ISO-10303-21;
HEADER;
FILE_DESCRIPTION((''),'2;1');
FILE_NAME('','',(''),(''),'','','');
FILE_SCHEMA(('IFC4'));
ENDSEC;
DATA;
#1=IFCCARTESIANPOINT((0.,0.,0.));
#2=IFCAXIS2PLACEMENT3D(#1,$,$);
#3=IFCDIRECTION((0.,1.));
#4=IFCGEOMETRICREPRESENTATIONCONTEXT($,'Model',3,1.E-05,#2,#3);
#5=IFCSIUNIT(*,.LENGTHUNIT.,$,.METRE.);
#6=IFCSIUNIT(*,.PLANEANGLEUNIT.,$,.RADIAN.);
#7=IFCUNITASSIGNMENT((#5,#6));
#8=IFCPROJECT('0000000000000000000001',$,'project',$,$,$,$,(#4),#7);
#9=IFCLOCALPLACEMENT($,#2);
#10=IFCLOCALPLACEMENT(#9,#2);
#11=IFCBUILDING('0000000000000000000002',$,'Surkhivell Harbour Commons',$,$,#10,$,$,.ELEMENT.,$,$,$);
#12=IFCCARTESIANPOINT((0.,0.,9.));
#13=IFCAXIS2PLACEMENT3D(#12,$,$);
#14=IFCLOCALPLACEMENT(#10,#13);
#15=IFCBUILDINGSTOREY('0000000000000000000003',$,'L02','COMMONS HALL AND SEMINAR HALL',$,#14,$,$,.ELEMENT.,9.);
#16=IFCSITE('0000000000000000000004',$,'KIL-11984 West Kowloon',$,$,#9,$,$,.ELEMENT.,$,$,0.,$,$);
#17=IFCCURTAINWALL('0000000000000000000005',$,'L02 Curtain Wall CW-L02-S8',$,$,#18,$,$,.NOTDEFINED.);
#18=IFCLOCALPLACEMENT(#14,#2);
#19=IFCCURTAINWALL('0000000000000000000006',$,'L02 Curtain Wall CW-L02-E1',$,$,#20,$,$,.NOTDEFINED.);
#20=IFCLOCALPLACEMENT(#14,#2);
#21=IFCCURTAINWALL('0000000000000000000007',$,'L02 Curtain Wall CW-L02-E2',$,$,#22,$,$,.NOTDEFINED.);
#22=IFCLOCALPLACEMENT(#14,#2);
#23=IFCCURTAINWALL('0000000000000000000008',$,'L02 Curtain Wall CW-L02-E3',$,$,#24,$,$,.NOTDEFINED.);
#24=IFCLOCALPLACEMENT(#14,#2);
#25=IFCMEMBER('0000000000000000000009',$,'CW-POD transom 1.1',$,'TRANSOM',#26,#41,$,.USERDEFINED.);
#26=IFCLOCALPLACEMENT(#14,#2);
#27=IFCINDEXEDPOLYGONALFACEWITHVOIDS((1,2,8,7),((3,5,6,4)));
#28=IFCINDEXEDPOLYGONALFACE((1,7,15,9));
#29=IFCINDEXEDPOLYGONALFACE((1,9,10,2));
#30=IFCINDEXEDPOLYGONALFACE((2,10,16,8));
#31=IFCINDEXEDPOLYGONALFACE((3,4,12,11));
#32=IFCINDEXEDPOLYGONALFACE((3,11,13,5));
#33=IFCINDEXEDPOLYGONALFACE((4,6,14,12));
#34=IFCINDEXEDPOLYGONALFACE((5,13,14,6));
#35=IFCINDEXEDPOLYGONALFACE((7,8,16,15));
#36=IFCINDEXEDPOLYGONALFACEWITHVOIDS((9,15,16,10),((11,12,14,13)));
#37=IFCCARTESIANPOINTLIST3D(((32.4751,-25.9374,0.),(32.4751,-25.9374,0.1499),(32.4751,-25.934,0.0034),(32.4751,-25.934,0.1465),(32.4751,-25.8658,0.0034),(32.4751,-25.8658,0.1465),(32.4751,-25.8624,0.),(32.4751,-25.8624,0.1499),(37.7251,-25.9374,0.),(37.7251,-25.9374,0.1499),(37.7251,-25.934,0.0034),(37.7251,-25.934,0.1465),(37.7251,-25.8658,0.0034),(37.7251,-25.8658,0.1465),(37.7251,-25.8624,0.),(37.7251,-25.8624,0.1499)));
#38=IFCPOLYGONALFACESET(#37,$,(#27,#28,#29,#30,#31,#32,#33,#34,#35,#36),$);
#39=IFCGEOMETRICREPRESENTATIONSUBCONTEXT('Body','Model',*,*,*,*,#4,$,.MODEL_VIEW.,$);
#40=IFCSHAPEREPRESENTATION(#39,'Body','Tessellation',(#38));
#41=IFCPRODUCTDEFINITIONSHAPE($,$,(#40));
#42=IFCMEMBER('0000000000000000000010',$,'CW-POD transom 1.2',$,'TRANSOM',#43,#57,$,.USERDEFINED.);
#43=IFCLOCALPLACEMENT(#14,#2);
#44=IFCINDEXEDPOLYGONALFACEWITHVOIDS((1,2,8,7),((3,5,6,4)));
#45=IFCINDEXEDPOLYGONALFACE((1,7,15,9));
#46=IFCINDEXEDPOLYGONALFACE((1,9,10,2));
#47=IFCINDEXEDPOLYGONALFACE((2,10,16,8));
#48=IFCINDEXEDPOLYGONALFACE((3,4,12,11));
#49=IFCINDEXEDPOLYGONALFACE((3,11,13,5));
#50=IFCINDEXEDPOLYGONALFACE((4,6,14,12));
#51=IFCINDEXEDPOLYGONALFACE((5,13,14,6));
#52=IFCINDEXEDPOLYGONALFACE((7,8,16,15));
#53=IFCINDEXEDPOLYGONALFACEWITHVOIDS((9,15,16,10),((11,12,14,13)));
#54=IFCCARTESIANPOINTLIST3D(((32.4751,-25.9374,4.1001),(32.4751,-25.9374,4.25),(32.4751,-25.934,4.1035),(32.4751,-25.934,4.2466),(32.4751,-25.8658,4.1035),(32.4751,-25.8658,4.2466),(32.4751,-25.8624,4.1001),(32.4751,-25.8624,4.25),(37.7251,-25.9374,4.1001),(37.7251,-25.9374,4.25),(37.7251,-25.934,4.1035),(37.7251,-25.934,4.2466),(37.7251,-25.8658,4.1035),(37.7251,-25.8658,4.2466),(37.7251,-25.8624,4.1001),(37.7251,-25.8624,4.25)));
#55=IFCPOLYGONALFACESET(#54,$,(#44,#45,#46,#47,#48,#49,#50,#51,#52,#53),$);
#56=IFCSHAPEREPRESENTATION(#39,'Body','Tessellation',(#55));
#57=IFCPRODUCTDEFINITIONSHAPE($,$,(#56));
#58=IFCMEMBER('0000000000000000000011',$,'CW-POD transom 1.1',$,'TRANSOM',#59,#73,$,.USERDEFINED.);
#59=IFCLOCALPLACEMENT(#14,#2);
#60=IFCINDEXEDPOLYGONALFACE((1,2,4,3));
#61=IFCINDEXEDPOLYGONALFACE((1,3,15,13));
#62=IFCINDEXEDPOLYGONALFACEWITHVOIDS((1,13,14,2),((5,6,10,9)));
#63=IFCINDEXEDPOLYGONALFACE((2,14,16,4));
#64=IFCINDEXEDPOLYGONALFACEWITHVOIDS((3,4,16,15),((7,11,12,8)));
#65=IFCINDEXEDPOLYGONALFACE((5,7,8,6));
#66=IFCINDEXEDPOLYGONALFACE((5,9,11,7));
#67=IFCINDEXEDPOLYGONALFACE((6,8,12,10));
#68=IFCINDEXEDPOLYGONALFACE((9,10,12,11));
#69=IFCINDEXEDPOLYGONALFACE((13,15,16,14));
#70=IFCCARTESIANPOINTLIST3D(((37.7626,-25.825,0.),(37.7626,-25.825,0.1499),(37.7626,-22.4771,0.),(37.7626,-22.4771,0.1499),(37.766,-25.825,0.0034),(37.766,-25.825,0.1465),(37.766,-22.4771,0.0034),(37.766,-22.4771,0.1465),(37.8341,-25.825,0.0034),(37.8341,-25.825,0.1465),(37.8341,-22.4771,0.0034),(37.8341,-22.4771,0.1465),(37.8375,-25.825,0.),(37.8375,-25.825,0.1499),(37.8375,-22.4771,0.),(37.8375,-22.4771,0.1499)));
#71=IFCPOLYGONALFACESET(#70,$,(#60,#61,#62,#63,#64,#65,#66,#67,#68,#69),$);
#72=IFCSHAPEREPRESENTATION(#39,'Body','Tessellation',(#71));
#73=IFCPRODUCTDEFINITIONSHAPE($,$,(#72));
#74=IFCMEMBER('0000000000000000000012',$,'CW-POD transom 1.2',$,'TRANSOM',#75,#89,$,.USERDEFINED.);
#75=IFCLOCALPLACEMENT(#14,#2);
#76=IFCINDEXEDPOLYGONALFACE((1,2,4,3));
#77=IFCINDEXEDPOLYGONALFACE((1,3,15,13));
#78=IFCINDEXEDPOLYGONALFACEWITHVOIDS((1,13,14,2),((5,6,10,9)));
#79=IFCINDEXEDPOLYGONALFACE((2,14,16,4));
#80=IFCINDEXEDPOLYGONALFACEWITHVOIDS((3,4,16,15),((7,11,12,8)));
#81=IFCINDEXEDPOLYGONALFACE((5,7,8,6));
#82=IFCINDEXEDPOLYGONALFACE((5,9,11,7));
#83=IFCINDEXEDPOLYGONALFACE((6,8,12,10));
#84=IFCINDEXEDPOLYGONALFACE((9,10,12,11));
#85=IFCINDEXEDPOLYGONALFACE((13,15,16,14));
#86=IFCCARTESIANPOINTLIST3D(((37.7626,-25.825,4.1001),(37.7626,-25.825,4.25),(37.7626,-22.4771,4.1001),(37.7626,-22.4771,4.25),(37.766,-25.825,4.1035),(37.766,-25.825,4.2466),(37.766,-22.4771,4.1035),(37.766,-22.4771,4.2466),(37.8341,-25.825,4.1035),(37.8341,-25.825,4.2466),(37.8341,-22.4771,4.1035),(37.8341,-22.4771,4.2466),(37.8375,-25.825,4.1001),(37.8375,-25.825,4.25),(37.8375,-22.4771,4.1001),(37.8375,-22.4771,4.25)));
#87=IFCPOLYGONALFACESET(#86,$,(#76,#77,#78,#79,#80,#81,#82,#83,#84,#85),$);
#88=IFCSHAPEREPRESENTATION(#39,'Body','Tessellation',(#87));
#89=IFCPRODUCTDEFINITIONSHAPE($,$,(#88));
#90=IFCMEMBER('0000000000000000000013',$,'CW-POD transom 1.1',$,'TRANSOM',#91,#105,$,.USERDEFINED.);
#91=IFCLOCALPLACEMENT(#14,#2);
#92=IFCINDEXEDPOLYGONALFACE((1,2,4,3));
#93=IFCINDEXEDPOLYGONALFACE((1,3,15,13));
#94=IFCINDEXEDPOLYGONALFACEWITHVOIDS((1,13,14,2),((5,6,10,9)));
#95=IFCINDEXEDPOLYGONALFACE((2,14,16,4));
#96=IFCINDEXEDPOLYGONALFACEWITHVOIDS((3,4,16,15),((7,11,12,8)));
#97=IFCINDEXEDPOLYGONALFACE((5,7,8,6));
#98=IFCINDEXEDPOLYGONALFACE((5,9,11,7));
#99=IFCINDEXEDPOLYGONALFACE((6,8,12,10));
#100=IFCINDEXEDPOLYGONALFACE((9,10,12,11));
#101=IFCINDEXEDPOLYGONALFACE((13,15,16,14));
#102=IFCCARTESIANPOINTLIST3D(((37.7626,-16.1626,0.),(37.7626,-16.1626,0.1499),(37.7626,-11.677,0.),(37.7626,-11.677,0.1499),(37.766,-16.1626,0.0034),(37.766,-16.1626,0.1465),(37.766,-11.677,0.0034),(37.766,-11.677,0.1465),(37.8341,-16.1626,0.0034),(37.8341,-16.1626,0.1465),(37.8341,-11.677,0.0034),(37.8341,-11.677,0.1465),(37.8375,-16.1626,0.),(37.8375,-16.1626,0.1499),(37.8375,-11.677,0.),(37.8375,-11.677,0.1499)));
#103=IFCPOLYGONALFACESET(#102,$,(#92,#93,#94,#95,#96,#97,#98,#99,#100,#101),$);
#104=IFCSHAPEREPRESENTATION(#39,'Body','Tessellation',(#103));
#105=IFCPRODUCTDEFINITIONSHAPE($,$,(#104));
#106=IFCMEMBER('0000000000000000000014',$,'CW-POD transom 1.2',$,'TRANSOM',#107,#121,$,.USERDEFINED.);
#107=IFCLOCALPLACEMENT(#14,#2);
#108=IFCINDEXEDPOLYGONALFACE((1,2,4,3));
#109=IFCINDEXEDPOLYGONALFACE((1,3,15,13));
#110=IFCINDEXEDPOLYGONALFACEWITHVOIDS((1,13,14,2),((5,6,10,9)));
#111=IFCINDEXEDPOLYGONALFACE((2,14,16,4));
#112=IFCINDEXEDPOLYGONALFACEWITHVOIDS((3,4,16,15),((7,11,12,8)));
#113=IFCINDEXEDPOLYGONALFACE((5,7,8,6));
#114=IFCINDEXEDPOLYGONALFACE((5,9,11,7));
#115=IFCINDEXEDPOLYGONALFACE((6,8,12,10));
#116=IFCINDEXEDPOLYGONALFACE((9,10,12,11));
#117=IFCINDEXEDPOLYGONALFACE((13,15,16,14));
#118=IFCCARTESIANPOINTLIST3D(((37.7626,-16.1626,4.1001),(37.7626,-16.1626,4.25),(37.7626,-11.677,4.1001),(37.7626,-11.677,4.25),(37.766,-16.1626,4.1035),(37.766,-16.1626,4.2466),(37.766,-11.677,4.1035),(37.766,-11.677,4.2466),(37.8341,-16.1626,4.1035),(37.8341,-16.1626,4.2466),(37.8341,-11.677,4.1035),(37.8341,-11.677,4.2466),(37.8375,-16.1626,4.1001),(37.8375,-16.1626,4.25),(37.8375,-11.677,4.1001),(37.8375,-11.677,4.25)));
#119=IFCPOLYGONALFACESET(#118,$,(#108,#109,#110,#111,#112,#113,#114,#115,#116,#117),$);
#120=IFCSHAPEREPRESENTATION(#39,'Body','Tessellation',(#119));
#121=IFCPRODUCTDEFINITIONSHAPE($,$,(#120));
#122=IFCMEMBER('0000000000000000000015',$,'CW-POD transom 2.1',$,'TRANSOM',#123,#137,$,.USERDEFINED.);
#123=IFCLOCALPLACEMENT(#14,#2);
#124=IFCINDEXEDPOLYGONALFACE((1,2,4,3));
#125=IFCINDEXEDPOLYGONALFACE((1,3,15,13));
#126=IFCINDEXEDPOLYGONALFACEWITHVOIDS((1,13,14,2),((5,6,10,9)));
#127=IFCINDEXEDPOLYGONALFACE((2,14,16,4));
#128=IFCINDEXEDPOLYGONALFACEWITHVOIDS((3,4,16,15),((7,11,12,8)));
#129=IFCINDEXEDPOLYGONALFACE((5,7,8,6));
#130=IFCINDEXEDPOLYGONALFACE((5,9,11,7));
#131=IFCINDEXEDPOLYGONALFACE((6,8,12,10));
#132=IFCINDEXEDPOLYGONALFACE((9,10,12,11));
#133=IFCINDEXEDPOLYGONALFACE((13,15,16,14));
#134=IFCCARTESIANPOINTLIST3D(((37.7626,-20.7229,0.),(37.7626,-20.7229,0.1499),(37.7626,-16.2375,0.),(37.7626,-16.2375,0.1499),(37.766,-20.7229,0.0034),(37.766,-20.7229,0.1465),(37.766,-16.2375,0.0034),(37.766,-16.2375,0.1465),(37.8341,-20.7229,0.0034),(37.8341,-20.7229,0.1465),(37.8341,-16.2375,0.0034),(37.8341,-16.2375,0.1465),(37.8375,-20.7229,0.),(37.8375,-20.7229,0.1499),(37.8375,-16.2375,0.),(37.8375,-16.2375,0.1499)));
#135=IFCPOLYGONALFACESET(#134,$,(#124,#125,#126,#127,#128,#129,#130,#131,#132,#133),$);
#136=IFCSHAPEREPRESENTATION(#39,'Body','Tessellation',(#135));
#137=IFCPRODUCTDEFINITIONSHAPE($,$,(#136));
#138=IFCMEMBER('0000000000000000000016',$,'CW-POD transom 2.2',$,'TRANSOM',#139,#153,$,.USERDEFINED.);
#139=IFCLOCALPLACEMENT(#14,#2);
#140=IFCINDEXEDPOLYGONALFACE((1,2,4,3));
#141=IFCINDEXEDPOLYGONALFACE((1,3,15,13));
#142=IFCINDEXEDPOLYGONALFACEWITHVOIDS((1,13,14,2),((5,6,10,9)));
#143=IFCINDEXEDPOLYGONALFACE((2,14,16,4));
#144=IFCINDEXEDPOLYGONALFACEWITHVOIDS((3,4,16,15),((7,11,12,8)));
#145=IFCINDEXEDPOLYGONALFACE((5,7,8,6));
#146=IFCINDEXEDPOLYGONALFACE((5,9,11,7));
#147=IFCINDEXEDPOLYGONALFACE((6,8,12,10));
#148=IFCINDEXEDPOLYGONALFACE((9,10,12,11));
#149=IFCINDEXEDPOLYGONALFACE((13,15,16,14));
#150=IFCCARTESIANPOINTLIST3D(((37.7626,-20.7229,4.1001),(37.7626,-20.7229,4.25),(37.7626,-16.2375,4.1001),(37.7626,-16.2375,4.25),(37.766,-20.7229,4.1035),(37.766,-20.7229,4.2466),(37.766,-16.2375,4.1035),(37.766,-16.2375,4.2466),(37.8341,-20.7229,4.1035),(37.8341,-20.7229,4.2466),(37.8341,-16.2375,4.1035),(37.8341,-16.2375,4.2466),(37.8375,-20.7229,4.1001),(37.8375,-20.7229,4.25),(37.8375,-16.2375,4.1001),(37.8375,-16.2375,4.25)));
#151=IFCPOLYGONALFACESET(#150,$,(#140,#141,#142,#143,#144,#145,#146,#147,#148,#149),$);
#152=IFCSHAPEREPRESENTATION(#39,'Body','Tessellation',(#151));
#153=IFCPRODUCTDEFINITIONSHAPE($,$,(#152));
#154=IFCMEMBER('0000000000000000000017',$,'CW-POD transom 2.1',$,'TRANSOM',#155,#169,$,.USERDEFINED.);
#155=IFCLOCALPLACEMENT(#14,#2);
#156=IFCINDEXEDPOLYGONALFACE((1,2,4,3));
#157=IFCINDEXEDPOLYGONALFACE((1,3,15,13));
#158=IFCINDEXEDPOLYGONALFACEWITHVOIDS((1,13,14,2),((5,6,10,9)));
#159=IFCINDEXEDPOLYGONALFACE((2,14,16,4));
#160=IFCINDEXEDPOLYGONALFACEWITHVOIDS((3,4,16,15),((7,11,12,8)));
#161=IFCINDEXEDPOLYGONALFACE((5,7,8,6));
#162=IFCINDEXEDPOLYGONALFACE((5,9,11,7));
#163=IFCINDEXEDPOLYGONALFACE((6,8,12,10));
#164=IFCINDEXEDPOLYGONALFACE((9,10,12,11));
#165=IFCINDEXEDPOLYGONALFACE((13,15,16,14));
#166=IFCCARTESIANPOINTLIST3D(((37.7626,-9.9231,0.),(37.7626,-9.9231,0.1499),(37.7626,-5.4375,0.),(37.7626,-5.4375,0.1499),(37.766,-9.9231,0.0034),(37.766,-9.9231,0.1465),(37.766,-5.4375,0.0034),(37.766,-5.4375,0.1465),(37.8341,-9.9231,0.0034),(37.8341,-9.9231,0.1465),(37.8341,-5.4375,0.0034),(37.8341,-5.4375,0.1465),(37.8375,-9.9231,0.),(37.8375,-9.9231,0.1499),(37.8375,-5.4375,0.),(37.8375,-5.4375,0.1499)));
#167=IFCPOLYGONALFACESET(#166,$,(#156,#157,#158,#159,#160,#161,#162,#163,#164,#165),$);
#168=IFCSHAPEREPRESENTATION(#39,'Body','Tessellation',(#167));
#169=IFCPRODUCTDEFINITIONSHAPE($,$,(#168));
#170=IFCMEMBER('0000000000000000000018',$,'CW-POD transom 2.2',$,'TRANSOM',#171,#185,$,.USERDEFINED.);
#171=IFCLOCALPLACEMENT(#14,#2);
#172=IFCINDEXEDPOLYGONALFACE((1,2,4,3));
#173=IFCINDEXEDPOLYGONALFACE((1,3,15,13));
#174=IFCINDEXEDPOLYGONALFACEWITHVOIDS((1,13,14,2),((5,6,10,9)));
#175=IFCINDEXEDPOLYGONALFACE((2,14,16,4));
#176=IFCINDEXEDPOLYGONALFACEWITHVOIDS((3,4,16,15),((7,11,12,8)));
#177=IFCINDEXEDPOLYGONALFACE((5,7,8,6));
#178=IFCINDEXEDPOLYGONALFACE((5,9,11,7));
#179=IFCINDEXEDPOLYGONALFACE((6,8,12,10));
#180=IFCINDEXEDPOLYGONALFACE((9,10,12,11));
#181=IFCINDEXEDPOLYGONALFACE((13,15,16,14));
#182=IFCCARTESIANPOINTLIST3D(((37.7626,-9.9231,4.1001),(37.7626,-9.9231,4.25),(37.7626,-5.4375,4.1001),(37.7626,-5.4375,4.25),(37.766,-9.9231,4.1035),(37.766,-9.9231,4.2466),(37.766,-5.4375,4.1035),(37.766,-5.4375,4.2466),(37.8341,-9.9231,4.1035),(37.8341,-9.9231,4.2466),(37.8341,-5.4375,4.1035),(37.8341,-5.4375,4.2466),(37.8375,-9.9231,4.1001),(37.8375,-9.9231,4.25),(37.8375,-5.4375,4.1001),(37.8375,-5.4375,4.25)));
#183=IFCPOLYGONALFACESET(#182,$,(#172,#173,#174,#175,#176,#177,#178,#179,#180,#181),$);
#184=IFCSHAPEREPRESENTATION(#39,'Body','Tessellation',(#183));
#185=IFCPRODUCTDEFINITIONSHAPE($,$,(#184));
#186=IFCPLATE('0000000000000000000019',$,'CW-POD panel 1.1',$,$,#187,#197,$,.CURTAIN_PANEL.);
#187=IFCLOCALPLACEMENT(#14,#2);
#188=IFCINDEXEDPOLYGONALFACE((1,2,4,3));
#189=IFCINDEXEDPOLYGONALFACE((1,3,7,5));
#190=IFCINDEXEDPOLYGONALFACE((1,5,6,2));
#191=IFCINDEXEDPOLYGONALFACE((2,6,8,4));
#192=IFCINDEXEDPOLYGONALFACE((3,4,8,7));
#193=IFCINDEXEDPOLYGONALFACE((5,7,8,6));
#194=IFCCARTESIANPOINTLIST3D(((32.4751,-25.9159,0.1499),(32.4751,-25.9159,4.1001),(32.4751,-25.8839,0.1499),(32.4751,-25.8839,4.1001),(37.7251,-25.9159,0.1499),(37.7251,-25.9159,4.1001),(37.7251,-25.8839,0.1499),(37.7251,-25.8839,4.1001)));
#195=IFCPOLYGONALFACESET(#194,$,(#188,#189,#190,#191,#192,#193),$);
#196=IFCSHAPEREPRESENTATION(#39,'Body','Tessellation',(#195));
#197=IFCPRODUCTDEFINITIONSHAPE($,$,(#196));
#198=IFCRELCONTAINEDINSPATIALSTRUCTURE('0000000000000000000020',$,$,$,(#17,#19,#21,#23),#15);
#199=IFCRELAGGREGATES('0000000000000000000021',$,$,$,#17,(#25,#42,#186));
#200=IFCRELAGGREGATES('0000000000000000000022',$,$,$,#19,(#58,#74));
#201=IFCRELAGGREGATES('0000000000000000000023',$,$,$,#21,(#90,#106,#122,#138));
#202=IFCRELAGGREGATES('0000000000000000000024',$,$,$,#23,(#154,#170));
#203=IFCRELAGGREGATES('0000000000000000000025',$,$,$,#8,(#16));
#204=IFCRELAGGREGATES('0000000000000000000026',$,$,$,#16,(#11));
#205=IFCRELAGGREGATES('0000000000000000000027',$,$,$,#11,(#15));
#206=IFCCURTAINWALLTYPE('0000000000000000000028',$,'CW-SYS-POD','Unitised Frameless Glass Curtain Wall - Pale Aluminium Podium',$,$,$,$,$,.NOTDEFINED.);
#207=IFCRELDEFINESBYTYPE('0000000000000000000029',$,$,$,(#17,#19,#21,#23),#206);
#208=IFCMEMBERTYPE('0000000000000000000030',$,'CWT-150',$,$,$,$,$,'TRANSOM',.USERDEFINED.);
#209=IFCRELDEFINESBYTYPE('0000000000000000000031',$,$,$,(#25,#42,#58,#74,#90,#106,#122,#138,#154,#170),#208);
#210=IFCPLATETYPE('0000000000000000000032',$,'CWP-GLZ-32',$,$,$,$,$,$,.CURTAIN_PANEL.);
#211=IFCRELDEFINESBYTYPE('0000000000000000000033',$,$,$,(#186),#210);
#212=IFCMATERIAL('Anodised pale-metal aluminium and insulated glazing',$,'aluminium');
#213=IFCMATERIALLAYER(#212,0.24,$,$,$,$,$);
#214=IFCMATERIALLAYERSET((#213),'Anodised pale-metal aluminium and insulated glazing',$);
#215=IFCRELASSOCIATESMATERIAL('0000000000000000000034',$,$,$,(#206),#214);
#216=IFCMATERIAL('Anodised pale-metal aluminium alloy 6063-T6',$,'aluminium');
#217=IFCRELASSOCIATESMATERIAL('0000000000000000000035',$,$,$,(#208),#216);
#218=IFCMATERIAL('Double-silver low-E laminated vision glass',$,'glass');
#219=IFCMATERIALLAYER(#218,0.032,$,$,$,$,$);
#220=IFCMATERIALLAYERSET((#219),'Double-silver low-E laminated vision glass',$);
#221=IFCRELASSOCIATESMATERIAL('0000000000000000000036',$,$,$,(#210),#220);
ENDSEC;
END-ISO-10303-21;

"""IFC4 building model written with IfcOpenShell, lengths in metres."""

from ifc_helpers import new_model, si_unit, direction, frame, frame_2d, origin, origin_2d, place, context, subcontext, project, spatial, rectangle, hollow_rectangle, extrude, material, layer, layer_set, material_profile, profile_set, type_object, element, aggregate, save


model = new_model("IFC4")

# Units and contexts
model_context = context("Model", 3, precision=1e-05, world=origin(), true_north=direction((0.0, 1.0)))
body_context = subcontext(model_context, "Body", "Model", "MODEL_VIEW")
ifc_project = project(units=[si_unit("LENGTHUNIT", "METRE"), si_unit("PLANEANGLEUNIT", "RADIAN")], contexts=[model_context])

# Site, building, storey
site_placement = place(None, origin())
site = spatial("IfcSite", under=ifc_project, at=site_placement, Name="KIL-11984 West Kowloon", CompositionType="ELEMENT", RefElevation=0.0)
building_placement = place(site_placement, origin())
building = spatial("IfcBuilding", under=site, at=building_placement, Name="Surkhivell Harbour Commons", CompositionType="ELEMENT")
storey_placement = place(building_placement, frame((0.0, 0.0, 9.0)))
storey = spatial("IfcBuildingStorey", under=building, at=storey_placement, Name="L02", Description="COMMONS HALL AND SEMINAR HALL", CompositionType="ELEMENT", Elevation=9.0)

# Curtain wall
ifc_material_1 = material(Name="Anodised pale-metal aluminium and insulated glazing", Category="aluminium")
ifc_layer_1 = layer(ifc_material_1, 0.24)
ifc_layer_set_1 = layer_set([ifc_layer_1], Name="Anodised pale-metal aluminium and insulated glazing")
curtain_wall_type = type_object("IfcCurtainWallType", Name="CW-SYS-POD", Description="Unitised Frameless Glass Curtain Wall - Pale Aluminium Podium", PredefinedType="NOTDEFINED", material=ifc_layer_set_1)
curtain_wall_1_placement = place(storey_placement, origin())
curtain_wall_1 = element("IfcCurtainWall", 1, at=curtain_wall_1_placement, inside=storey, type_object=curtain_wall_type, Name="L02 Curtain Wall CW-L02-S8", PredefinedType="NOTDEFINED")
ifc_material_2 = material(Name="Anodised pale-metal aluminium alloy 6063-T6", Category="aluminium")

# Curtain walls
curtain_wall_2_placement = place(storey_placement, origin())
curtain_wall_2 = element("IfcCurtainWall", 2, at=curtain_wall_2_placement, inside=storey, type_object=curtain_wall_type, Name="L02 Curtain Wall CW-L02-E1", PredefinedType="NOTDEFINED")
curtain_wall_3_placement = place(storey_placement, origin())
curtain_wall_3 = element("IfcCurtainWall", 3, at=curtain_wall_3_placement, inside=storey, type_object=curtain_wall_type, Name="L02 Curtain Wall CW-L02-E2", PredefinedType="NOTDEFINED")
curtain_wall_4_placement = place(storey_placement, origin())
curtain_wall_4 = element("IfcCurtainWall", 4, at=curtain_wall_4_placement, inside=storey, type_object=curtain_wall_type, Name="L02 Curtain Wall CW-L02-E3", PredefinedType="NOTDEFINED")

# Members
ifc_material_profile_1 = material_profile(ifc_material_2, hollow_rectangle(XDim=0.075, YDim=0.1499, WallThickness=0.0034, at=origin_2d()), Name="ALU-TRAN-75x150")
ifc_profile_set_1 = profile_set([ifc_material_profile_1], Name="Anodised pale-metal aluminium alloy 6063-T6")
member_type_1 = type_object("IfcMemberType", Name="CWT-150", ElementType="TRANSOM", PredefinedType="USERDEFINED", material=ifc_profile_set_1)
member_1_placement = place(storey_placement, frame((37.7251, -25.8999, 0.075), z_axis=(-1.0, 0.0, 0.0), x_axis=(0.0, -1.0, 0.0)))
member_1 = element("IfcMember", 5, at=member_1_placement, type_object=member_type_1, Name="CW-POD transom 1.1", ObjectType="TRANSOM", PredefinedType="USERDEFINED", context=body_context, shape_type="SweptSolid", body=[
    extrude(hollow_rectangle(XDim=0.075, YDim=0.1499, WallThickness=0.0034, at=origin_2d()), origin(), (0.0, 0.0, 1.0), 5.25),
])
member_2_placement = place(storey_placement, frame((37.7251, -25.8999, 4.175), z_axis=(-1.0, 0.0, 0.0), x_axis=(0.0, -1.0, 0.0)))
member_2 = element("IfcMember", 6, at=member_2_placement, type_object=member_type_1, Name="CW-POD transom 1.2", ObjectType="TRANSOM", PredefinedType="USERDEFINED", context=body_context, shape_type="SweptSolid", body=[
    extrude(hollow_rectangle(XDim=0.075, YDim=0.1499, WallThickness=0.0034, at=origin_2d()), origin(), (0.0, 0.0, 1.0), 5.25),
])
member_3_placement = place(storey_placement, frame((37.8, -22.4771, 0.075), z_axis=(0.0, -1.0, 0.0), x_axis=(1.0, 0.0, 0.0)))
member_3 = element("IfcMember", 7, at=member_3_placement, type_object=member_type_1, Name="CW-POD transom 1.1", ObjectType="TRANSOM", PredefinedType="USERDEFINED", context=body_context, shape_type="SweptSolid", body=[
    extrude(hollow_rectangle(XDim=0.075, YDim=0.1499, WallThickness=0.0034, at=origin_2d()), origin(), (0.0, 0.0, 1.0), 3.3479),
])
member_4_placement = place(storey_placement, frame((37.8, -22.4771, 4.175), z_axis=(0.0, -1.0, 0.0), x_axis=(1.0, 0.0, 0.0)))
member_4 = element("IfcMember", 8, at=member_4_placement, type_object=member_type_1, Name="CW-POD transom 1.2", ObjectType="TRANSOM", PredefinedType="USERDEFINED", context=body_context, shape_type="SweptSolid", body=[
    extrude(hollow_rectangle(XDim=0.075, YDim=0.1499, WallThickness=0.0034, at=origin_2d()), origin(), (0.0, 0.0, 1.0), 3.3479),
])
member_5_placement = place(storey_placement, frame((37.8, -11.677, 0.075), z_axis=(0.0, -1.0, 0.0), x_axis=(1.0, 0.0, 0.0)))
member_5 = element("IfcMember", 9, at=member_5_placement, type_object=member_type_1, Name="CW-POD transom 1.1", ObjectType="TRANSOM", PredefinedType="USERDEFINED", context=body_context, shape_type="SweptSolid", body=[
    extrude(hollow_rectangle(XDim=0.075, YDim=0.1499, WallThickness=0.0034, at=origin_2d()), origin(), (0.0, 0.0, 1.0), 4.4856),
])
member_6_placement = place(storey_placement, frame((37.8, -11.677, 4.175), z_axis=(0.0, -1.0, 0.0), x_axis=(1.0, 0.0, 0.0)))
member_6 = element("IfcMember", 10, at=member_6_placement, type_object=member_type_1, Name="CW-POD transom 1.2", ObjectType="TRANSOM", PredefinedType="USERDEFINED", context=body_context, shape_type="SweptSolid", body=[
    extrude(hollow_rectangle(XDim=0.075, YDim=0.1499, WallThickness=0.0034, at=origin_2d()), origin(), (0.0, 0.0, 1.0), 4.4856),
])
member_7_placement = place(storey_placement, frame((37.8, -16.2375, 0.075), z_axis=(0.0, -1.0, 0.0), x_axis=(1.0, 0.0, 0.0)))
member_7 = element("IfcMember", 11, at=member_7_placement, type_object=member_type_1, Name="CW-POD transom 2.1", ObjectType="TRANSOM", PredefinedType="USERDEFINED", context=body_context, shape_type="SweptSolid", body=[
    extrude(hollow_rectangle(XDim=0.075, YDim=0.1499, WallThickness=0.0034, at=origin_2d()), origin(), (0.0, 0.0, 1.0), 4.4854),
])
member_8_placement = place(storey_placement, frame((37.8, -16.2375, 4.175), z_axis=(0.0, -1.0, 0.0), x_axis=(1.0, 0.0, 0.0)))
member_8 = element("IfcMember", 12, at=member_8_placement, type_object=member_type_1, Name="CW-POD transom 2.2", ObjectType="TRANSOM", PredefinedType="USERDEFINED", context=body_context, shape_type="SweptSolid", body=[
    extrude(hollow_rectangle(XDim=0.075, YDim=0.1499, WallThickness=0.0034, at=origin_2d()), origin(), (0.0, 0.0, 1.0), 4.4854),
])
member_9_placement = place(storey_placement, frame((37.8, -5.4375, 0.075), z_axis=(0.0, -1.0, 0.0), x_axis=(1.0, 0.0, 0.0)))
member_9 = element("IfcMember", 13, at=member_9_placement, type_object=member_type_1, Name="CW-POD transom 2.1", ObjectType="TRANSOM", PredefinedType="USERDEFINED", context=body_context, shape_type="SweptSolid", body=[
    extrude(hollow_rectangle(XDim=0.075, YDim=0.1499, WallThickness=0.0034, at=origin_2d()), origin(), (0.0, 0.0, 1.0), 4.4856),
])
member_10_placement = place(storey_placement, frame((37.8, -5.4375, 4.175), z_axis=(0.0, -1.0, 0.0), x_axis=(1.0, 0.0, 0.0)))
member_10 = element("IfcMember", 14, at=member_10_placement, type_object=member_type_1, Name="CW-POD transom 2.2", ObjectType="TRANSOM", PredefinedType="USERDEFINED", context=body_context, shape_type="SweptSolid", body=[
    extrude(hollow_rectangle(XDim=0.075, YDim=0.1499, WallThickness=0.0034, at=origin_2d()), origin(), (0.0, 0.0, 1.0), 4.4856),
])

# Plate
ifc_material_3 = material(Name="Double-silver low-E laminated vision glass", Category="glass")
ifc_layer_2 = layer(ifc_material_3, 0.032)
ifc_layer_set_2 = layer_set([ifc_layer_2], Name="Double-silver low-E laminated vision glass")
plate_type = type_object("IfcPlateType", Name="CWP-GLZ-32", PredefinedType="CURTAIN_PANEL", material=ifc_layer_set_2)
plate_1_placement = place(storey_placement, frame((37.7251, -25.8999, 0.1499), z_axis=(0.0, 0.0, 1.0), x_axis=(-1.0, 0.0, 0.0)))
plate_1 = element("IfcPlate", 15, at=plate_1_placement, type_object=plate_type, Name="CW-POD panel 1.1", PredefinedType="CURTAIN_PANEL", context=body_context, shape_type="SweptSolid", body=[
    extrude(rectangle(XDim=5.25, YDim=0.032, at=frame_2d((2.625, 0.0))), origin(), (0.0, 0.0, 1.0), 3.9502),
])
aggregate(curtain_wall_1, [member_1, member_2, plate_1])
aggregate(curtain_wall_2, [member_3, member_4])
aggregate(curtain_wall_3, [member_5, member_6, member_7, member_8])
aggregate(curtain_wall_4, [member_9, member_10])

save(model, "model.ifc")
